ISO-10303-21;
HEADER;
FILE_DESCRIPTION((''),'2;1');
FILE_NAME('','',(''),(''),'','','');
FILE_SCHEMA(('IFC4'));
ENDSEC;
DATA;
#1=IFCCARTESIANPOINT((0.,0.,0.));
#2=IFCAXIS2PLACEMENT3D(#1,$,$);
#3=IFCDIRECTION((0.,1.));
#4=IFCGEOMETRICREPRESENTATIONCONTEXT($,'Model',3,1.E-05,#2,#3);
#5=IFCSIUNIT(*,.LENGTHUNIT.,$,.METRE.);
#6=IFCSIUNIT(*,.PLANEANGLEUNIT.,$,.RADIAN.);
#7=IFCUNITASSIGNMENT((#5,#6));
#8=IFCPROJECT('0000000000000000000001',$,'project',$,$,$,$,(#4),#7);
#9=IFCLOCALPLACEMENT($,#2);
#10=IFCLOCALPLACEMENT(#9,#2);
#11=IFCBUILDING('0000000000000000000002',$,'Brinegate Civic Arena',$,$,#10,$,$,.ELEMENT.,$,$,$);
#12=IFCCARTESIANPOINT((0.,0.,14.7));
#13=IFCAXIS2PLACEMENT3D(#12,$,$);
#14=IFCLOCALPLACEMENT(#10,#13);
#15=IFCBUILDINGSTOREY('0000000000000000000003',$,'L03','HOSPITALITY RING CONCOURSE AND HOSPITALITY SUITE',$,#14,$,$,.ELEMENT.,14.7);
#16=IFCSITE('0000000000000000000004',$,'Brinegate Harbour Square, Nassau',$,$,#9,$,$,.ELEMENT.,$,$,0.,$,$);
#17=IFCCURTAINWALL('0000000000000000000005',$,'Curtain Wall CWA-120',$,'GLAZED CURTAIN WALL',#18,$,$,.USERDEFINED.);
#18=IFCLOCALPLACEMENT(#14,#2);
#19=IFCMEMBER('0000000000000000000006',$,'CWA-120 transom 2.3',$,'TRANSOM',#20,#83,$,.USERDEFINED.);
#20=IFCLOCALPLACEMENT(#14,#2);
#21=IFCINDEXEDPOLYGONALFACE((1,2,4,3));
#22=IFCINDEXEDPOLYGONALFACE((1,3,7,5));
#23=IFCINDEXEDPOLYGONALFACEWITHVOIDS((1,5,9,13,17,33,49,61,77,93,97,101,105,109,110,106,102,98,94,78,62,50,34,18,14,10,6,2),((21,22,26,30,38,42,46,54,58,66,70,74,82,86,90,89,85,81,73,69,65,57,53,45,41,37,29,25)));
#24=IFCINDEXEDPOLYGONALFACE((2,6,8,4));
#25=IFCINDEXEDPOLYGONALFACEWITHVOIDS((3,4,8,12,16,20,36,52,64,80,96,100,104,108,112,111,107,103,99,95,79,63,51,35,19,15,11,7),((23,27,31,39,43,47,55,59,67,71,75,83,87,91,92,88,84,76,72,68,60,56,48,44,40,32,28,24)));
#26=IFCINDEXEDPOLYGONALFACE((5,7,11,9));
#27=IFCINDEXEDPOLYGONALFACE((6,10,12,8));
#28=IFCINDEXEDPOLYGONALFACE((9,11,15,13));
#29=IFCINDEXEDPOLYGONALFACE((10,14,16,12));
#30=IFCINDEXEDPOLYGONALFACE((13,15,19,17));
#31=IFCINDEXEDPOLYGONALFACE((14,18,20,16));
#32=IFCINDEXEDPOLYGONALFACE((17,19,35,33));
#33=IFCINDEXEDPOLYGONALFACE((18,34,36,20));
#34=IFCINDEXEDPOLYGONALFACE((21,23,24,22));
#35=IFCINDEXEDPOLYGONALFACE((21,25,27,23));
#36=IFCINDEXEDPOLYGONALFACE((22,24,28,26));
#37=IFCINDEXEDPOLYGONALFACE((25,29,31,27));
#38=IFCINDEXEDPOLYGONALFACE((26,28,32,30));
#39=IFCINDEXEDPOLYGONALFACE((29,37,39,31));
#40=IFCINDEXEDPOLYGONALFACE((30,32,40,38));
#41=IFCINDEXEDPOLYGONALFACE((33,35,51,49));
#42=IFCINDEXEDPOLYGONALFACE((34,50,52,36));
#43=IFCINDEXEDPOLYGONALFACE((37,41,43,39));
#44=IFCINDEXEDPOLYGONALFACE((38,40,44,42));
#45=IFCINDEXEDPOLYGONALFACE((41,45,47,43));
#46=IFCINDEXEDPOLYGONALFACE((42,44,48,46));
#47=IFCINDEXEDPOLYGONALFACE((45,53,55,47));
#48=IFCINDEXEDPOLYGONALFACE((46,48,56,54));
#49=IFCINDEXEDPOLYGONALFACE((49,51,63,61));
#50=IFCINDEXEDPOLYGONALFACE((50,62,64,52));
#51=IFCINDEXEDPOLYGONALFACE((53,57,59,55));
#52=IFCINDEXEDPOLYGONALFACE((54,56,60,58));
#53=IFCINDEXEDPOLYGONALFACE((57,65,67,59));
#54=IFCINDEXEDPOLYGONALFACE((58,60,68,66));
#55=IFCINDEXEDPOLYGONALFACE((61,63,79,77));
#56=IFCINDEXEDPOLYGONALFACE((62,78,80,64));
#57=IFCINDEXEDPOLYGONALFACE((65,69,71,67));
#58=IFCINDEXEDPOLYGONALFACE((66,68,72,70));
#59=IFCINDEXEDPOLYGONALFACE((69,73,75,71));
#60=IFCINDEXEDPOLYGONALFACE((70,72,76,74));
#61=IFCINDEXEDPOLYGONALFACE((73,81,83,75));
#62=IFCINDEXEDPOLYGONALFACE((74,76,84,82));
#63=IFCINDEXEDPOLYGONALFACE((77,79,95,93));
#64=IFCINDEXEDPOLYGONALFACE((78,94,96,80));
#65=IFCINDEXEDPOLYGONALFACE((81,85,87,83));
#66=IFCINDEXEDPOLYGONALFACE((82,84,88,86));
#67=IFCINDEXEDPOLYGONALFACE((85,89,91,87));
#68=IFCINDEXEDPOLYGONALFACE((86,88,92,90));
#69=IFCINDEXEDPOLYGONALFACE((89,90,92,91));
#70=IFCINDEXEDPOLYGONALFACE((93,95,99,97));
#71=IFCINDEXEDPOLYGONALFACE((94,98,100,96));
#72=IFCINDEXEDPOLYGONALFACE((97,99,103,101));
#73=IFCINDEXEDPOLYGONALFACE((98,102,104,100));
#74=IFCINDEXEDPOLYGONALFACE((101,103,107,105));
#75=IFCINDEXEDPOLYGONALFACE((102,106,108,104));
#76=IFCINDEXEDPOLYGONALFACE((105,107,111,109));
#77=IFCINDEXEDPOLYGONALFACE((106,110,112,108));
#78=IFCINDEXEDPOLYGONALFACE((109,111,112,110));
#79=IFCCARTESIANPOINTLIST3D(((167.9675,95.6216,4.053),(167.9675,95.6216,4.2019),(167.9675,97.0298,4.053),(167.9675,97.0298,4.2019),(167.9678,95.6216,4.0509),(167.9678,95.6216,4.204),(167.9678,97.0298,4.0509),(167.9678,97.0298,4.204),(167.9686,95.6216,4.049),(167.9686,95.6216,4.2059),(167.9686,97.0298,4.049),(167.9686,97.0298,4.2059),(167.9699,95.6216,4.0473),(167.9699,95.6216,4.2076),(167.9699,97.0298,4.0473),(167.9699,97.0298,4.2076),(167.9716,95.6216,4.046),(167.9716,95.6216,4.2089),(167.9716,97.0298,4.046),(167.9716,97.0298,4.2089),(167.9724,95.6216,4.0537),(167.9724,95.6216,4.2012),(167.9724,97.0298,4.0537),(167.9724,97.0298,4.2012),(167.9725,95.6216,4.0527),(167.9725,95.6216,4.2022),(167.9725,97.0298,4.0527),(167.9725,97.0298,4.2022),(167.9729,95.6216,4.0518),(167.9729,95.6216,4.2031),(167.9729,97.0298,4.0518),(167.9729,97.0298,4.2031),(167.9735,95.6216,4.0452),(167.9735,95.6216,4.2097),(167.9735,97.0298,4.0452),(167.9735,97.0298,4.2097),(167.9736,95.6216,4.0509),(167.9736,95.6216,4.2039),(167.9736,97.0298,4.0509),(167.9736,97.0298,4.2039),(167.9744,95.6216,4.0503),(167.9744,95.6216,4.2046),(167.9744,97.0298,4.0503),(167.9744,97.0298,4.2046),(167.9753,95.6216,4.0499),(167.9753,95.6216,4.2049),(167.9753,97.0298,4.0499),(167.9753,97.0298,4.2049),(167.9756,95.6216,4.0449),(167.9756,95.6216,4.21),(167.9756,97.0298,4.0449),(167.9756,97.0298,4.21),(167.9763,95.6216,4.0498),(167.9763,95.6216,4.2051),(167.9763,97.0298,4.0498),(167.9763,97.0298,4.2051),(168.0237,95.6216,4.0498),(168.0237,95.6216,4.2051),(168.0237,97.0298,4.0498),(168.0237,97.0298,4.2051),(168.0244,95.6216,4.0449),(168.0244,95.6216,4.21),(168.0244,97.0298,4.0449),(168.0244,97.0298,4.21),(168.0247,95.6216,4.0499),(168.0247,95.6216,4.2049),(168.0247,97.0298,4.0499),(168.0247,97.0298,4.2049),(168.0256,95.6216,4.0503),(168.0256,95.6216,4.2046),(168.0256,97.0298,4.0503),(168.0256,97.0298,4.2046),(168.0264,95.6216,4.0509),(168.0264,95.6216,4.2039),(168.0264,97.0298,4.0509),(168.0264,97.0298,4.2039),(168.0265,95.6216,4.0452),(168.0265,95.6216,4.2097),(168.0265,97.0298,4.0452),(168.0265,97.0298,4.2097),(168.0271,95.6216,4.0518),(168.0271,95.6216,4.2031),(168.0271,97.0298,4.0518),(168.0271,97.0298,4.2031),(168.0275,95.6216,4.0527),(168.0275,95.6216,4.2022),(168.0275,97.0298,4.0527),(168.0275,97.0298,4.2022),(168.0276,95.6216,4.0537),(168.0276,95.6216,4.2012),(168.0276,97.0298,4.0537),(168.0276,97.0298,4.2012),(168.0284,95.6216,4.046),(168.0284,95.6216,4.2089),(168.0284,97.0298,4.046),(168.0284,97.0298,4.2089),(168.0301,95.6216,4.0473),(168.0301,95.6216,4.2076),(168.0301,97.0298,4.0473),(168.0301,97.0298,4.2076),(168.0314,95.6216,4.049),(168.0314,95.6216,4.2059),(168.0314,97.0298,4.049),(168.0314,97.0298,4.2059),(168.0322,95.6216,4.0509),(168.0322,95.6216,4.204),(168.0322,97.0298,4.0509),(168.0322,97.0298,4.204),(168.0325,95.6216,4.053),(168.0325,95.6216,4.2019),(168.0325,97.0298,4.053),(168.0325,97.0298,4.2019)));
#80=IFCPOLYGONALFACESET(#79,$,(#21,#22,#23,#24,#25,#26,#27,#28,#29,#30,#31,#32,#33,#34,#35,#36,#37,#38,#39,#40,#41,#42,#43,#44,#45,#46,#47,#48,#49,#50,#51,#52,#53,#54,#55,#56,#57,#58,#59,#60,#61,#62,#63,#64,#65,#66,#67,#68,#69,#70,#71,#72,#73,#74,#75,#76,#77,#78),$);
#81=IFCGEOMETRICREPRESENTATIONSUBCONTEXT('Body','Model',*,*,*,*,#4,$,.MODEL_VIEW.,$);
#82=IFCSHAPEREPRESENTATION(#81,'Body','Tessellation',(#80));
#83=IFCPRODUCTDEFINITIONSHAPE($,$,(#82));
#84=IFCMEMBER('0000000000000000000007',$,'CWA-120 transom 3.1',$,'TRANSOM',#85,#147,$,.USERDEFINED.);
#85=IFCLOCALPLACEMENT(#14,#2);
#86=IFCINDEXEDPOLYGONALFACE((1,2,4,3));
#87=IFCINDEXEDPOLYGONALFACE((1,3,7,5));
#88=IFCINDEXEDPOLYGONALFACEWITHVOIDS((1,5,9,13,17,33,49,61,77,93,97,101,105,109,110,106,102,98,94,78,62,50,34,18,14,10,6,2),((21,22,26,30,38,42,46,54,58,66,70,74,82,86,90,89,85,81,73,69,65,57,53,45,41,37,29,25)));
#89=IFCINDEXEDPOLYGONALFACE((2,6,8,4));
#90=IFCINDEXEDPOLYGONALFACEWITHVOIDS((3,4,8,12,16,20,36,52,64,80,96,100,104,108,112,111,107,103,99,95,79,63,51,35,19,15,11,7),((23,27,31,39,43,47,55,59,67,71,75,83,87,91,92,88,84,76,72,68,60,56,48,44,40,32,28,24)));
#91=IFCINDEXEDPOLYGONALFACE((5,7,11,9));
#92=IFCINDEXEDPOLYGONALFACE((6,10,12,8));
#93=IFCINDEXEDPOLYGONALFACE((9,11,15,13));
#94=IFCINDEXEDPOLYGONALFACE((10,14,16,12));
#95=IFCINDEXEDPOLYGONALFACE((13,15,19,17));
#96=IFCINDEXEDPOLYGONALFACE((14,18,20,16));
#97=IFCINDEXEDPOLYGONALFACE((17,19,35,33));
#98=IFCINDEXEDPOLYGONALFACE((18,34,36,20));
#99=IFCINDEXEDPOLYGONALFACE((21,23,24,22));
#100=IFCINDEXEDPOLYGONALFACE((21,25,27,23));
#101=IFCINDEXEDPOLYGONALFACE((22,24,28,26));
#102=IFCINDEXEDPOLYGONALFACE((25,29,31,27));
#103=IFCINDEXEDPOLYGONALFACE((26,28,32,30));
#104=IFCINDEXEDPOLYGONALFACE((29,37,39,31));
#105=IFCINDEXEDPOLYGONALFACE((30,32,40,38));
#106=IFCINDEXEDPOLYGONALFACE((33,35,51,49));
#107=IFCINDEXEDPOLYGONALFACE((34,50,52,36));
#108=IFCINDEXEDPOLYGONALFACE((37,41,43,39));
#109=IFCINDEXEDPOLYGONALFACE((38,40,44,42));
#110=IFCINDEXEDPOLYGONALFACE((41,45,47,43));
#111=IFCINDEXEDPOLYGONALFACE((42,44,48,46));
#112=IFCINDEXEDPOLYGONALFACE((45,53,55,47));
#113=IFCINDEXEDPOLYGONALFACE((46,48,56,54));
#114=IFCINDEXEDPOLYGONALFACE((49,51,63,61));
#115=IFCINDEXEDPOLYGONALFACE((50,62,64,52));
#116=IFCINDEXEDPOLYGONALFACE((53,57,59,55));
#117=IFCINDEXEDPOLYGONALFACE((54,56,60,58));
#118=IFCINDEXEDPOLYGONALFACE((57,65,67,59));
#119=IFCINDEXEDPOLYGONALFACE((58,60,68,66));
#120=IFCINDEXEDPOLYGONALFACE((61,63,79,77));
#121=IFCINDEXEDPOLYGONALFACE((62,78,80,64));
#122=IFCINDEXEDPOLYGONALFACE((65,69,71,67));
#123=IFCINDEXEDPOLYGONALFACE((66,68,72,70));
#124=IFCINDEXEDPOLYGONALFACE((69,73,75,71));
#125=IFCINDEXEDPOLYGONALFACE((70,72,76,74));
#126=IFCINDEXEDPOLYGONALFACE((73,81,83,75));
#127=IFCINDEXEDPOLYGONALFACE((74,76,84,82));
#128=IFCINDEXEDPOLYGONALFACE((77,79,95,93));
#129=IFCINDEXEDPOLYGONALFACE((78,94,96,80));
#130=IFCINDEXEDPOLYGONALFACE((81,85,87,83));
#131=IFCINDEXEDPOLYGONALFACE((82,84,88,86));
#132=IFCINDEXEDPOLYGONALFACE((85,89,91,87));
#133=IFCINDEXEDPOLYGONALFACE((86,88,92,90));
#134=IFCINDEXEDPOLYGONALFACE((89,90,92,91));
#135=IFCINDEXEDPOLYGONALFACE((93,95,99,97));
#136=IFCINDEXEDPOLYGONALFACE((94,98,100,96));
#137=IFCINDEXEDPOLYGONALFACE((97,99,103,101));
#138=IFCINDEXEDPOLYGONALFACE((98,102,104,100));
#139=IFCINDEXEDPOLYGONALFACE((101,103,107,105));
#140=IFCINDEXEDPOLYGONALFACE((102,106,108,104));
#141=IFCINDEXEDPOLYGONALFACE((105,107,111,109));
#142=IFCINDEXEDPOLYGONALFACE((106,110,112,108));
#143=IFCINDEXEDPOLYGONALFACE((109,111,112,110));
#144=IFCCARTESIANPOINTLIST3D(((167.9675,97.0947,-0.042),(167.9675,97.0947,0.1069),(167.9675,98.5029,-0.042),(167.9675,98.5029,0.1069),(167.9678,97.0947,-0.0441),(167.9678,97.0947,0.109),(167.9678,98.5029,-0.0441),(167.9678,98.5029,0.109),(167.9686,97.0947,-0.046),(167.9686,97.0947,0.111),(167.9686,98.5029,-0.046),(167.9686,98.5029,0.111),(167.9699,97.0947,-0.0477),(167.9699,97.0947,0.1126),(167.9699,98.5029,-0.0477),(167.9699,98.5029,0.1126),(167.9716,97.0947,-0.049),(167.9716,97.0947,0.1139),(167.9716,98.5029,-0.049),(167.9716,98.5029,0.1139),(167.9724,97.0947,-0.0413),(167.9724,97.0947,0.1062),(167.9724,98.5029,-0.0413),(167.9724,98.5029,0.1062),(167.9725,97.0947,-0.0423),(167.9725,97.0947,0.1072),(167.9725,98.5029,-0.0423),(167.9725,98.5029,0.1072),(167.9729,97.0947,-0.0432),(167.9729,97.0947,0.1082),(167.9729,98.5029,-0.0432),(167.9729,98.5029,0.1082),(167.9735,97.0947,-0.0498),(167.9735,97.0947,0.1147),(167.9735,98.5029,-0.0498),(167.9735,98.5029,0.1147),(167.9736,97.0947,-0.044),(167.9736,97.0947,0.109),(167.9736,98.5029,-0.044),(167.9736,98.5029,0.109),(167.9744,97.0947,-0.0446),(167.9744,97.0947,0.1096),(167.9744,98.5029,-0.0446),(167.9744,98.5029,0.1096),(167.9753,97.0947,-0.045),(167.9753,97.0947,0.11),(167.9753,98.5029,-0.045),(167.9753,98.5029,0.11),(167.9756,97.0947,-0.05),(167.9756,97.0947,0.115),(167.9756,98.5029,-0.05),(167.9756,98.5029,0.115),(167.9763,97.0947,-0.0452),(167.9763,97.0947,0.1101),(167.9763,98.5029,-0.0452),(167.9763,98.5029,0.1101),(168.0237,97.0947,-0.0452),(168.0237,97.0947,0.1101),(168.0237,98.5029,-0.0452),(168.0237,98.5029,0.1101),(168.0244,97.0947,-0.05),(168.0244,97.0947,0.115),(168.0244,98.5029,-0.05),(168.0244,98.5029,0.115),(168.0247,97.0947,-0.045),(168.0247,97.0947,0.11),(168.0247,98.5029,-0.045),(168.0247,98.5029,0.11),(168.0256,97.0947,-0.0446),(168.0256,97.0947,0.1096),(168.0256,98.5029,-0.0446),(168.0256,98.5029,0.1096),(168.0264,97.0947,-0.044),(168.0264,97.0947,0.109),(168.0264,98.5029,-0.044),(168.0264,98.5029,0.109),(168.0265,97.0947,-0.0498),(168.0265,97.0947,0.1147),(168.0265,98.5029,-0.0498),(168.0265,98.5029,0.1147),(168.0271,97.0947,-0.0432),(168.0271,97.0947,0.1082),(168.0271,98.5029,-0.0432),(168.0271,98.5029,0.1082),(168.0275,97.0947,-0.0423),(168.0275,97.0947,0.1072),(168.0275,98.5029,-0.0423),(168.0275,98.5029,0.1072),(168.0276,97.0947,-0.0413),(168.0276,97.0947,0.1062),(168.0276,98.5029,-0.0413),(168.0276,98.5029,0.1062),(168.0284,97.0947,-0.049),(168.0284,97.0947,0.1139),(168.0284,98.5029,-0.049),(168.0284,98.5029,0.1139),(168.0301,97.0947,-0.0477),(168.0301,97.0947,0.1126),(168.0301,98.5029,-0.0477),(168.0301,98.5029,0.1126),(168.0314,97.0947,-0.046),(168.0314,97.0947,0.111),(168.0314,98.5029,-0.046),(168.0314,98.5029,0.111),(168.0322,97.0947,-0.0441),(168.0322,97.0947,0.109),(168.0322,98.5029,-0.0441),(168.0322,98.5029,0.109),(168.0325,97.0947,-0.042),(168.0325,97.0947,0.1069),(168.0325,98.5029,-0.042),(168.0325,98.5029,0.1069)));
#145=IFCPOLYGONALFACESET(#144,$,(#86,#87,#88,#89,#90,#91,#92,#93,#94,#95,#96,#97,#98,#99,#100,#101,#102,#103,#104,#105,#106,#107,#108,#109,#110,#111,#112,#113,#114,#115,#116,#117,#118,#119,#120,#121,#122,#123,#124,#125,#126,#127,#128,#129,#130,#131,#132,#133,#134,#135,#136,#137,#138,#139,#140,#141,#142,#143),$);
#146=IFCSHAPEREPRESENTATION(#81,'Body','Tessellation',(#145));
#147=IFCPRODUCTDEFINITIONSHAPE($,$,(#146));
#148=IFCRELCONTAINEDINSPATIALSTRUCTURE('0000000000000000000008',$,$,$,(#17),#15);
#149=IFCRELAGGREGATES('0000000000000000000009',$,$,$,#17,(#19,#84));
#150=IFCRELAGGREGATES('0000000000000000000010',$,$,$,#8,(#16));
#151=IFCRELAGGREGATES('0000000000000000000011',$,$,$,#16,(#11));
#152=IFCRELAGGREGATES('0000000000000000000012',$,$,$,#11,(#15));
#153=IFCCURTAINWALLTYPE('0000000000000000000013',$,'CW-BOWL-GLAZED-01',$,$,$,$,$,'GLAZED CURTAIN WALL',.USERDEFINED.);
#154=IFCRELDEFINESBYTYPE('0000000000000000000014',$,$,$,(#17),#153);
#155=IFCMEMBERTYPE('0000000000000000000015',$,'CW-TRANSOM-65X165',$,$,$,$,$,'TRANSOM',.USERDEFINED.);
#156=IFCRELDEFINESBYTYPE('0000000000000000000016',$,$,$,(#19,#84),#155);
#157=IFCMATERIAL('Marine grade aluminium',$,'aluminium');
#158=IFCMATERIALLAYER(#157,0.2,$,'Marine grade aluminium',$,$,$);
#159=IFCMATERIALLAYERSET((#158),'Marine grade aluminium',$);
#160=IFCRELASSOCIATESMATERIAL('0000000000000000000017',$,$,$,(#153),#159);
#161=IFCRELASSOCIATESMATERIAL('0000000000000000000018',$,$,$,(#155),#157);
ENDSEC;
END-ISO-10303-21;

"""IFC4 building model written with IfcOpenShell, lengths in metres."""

from ifc_helpers import new_model, si_unit, direction, frame, origin, origin_2d, place, context, subcontext, project, spatial, hollow_rectangle, extrude, material, layer, layer_set, material_profile, profile_set, type_object, element, aggregate, save


model = new_model("IFC4")

# Units and contexts
model_context = context("Model", 3, precision=1e-05, world=origin(), true_north=direction((0.0, 1.0)))
body_context = subcontext(model_context, "Body", "Model", "MODEL_VIEW")
ifc_project = project(units=[si_unit("LENGTHUNIT", "METRE"), si_unit("PLANEANGLEUNIT", "RADIAN")], contexts=[model_context])

# Site, building, storey
site_placement = place(None, origin())
site = spatial("IfcSite", under=ifc_project, at=site_placement, Name="Brinegate Harbour Square, Nassau", CompositionType="ELEMENT", RefElevation=0.0)
building_placement = place(site_placement, origin())
building = spatial("IfcBuilding", under=site, at=building_placement, Name="Brinegate Civic Arena", CompositionType="ELEMENT")
storey_placement = place(building_placement, frame((0.0, 0.0, 14.7)))
storey = spatial("IfcBuildingStorey", under=building, at=storey_placement, Name="L03", Description="HOSPITALITY RING CONCOURSE AND HOSPITALITY SUITE", CompositionType="ELEMENT", Elevation=14.7)

# Curtain wall, members
ifc_material_1 = material(Name="Marine grade aluminium", Category="aluminium")
ifc_layer_1 = layer(ifc_material_1, 0.2, Name="Marine grade aluminium")
ifc_layer_set_1 = layer_set([ifc_layer_1], Name="Marine grade aluminium")
curtain_wall_type = type_object("IfcCurtainWallType", Name="CW-BOWL-GLAZED-01", ElementType="GLAZED CURTAIN WALL", PredefinedType="USERDEFINED", material=ifc_layer_set_1)
curtain_wall_placement = place(storey_placement, origin())
curtain_wall = element("IfcCurtainWall", 1, at=curtain_wall_placement, inside=storey, type_object=curtain_wall_type, Name="Curtain Wall CWA-120", ObjectType="GLAZED CURTAIN WALL", PredefinedType="USERDEFINED")
ifc_material_profile_1 = material_profile(ifc_material_1, hollow_rectangle(XDim=0.0649, YDim=0.165, WallThickness=0.0049, InnerFilletRadius=0.0039, OuterFilletRadius=0.0081, at=origin_2d()), Name="TRN65X165")
ifc_profile_set_1 = profile_set([ifc_material_profile_1], Name="Marine grade aluminium")
member_type_1 = type_object("IfcMemberType", Name="CW-TRANSOM-65X165", ElementType="TRANSOM", PredefinedType="USERDEFINED", material=ifc_profile_set_1)
member_1_placement = place(storey_placement, frame((168.0, 95.6216, 4.1274), z_axis=(0.0, 1.0, 0.0), x_axis=(-1.0, 0.0, 0.0)))
member_1 = element("IfcMember", 2, at=member_1_placement, type_object=member_type_1, Name="CWA-120 transom 2.3", ObjectType="TRANSOM", PredefinedType="USERDEFINED", context=body_context, shape_type="SweptSolid", body=[
    extrude(hollow_rectangle(XDim=0.0649, YDim=0.165, WallThickness=0.0049, InnerFilletRadius=0.0039, OuterFilletRadius=0.0081, at=origin_2d()), origin(), (0.0, 0.0, 1.0), 1.4082),
])
member_2_placement = place(storey_placement, frame((168.0, 97.0947, 0.0325), z_axis=(0.0, 1.0, 0.0), x_axis=(-1.0, 0.0, 0.0)))
member_2 = element("IfcMember", 3, at=member_2_placement, type_object=member_type_1, Name="CWA-120 transom 3.1", ObjectType="TRANSOM", PredefinedType="USERDEFINED", context=body_context, shape_type="SweptSolid", body=[
    extrude(hollow_rectangle(XDim=0.0649, YDim=0.165, WallThickness=0.0049, InnerFilletRadius=0.0039, OuterFilletRadius=0.0081, at=origin_2d()), origin(), (0.0, 0.0, 1.0), 1.4082),
])

aggregate(curtain_wall, [member_1, member_2])

save(model, "model.ifc")
